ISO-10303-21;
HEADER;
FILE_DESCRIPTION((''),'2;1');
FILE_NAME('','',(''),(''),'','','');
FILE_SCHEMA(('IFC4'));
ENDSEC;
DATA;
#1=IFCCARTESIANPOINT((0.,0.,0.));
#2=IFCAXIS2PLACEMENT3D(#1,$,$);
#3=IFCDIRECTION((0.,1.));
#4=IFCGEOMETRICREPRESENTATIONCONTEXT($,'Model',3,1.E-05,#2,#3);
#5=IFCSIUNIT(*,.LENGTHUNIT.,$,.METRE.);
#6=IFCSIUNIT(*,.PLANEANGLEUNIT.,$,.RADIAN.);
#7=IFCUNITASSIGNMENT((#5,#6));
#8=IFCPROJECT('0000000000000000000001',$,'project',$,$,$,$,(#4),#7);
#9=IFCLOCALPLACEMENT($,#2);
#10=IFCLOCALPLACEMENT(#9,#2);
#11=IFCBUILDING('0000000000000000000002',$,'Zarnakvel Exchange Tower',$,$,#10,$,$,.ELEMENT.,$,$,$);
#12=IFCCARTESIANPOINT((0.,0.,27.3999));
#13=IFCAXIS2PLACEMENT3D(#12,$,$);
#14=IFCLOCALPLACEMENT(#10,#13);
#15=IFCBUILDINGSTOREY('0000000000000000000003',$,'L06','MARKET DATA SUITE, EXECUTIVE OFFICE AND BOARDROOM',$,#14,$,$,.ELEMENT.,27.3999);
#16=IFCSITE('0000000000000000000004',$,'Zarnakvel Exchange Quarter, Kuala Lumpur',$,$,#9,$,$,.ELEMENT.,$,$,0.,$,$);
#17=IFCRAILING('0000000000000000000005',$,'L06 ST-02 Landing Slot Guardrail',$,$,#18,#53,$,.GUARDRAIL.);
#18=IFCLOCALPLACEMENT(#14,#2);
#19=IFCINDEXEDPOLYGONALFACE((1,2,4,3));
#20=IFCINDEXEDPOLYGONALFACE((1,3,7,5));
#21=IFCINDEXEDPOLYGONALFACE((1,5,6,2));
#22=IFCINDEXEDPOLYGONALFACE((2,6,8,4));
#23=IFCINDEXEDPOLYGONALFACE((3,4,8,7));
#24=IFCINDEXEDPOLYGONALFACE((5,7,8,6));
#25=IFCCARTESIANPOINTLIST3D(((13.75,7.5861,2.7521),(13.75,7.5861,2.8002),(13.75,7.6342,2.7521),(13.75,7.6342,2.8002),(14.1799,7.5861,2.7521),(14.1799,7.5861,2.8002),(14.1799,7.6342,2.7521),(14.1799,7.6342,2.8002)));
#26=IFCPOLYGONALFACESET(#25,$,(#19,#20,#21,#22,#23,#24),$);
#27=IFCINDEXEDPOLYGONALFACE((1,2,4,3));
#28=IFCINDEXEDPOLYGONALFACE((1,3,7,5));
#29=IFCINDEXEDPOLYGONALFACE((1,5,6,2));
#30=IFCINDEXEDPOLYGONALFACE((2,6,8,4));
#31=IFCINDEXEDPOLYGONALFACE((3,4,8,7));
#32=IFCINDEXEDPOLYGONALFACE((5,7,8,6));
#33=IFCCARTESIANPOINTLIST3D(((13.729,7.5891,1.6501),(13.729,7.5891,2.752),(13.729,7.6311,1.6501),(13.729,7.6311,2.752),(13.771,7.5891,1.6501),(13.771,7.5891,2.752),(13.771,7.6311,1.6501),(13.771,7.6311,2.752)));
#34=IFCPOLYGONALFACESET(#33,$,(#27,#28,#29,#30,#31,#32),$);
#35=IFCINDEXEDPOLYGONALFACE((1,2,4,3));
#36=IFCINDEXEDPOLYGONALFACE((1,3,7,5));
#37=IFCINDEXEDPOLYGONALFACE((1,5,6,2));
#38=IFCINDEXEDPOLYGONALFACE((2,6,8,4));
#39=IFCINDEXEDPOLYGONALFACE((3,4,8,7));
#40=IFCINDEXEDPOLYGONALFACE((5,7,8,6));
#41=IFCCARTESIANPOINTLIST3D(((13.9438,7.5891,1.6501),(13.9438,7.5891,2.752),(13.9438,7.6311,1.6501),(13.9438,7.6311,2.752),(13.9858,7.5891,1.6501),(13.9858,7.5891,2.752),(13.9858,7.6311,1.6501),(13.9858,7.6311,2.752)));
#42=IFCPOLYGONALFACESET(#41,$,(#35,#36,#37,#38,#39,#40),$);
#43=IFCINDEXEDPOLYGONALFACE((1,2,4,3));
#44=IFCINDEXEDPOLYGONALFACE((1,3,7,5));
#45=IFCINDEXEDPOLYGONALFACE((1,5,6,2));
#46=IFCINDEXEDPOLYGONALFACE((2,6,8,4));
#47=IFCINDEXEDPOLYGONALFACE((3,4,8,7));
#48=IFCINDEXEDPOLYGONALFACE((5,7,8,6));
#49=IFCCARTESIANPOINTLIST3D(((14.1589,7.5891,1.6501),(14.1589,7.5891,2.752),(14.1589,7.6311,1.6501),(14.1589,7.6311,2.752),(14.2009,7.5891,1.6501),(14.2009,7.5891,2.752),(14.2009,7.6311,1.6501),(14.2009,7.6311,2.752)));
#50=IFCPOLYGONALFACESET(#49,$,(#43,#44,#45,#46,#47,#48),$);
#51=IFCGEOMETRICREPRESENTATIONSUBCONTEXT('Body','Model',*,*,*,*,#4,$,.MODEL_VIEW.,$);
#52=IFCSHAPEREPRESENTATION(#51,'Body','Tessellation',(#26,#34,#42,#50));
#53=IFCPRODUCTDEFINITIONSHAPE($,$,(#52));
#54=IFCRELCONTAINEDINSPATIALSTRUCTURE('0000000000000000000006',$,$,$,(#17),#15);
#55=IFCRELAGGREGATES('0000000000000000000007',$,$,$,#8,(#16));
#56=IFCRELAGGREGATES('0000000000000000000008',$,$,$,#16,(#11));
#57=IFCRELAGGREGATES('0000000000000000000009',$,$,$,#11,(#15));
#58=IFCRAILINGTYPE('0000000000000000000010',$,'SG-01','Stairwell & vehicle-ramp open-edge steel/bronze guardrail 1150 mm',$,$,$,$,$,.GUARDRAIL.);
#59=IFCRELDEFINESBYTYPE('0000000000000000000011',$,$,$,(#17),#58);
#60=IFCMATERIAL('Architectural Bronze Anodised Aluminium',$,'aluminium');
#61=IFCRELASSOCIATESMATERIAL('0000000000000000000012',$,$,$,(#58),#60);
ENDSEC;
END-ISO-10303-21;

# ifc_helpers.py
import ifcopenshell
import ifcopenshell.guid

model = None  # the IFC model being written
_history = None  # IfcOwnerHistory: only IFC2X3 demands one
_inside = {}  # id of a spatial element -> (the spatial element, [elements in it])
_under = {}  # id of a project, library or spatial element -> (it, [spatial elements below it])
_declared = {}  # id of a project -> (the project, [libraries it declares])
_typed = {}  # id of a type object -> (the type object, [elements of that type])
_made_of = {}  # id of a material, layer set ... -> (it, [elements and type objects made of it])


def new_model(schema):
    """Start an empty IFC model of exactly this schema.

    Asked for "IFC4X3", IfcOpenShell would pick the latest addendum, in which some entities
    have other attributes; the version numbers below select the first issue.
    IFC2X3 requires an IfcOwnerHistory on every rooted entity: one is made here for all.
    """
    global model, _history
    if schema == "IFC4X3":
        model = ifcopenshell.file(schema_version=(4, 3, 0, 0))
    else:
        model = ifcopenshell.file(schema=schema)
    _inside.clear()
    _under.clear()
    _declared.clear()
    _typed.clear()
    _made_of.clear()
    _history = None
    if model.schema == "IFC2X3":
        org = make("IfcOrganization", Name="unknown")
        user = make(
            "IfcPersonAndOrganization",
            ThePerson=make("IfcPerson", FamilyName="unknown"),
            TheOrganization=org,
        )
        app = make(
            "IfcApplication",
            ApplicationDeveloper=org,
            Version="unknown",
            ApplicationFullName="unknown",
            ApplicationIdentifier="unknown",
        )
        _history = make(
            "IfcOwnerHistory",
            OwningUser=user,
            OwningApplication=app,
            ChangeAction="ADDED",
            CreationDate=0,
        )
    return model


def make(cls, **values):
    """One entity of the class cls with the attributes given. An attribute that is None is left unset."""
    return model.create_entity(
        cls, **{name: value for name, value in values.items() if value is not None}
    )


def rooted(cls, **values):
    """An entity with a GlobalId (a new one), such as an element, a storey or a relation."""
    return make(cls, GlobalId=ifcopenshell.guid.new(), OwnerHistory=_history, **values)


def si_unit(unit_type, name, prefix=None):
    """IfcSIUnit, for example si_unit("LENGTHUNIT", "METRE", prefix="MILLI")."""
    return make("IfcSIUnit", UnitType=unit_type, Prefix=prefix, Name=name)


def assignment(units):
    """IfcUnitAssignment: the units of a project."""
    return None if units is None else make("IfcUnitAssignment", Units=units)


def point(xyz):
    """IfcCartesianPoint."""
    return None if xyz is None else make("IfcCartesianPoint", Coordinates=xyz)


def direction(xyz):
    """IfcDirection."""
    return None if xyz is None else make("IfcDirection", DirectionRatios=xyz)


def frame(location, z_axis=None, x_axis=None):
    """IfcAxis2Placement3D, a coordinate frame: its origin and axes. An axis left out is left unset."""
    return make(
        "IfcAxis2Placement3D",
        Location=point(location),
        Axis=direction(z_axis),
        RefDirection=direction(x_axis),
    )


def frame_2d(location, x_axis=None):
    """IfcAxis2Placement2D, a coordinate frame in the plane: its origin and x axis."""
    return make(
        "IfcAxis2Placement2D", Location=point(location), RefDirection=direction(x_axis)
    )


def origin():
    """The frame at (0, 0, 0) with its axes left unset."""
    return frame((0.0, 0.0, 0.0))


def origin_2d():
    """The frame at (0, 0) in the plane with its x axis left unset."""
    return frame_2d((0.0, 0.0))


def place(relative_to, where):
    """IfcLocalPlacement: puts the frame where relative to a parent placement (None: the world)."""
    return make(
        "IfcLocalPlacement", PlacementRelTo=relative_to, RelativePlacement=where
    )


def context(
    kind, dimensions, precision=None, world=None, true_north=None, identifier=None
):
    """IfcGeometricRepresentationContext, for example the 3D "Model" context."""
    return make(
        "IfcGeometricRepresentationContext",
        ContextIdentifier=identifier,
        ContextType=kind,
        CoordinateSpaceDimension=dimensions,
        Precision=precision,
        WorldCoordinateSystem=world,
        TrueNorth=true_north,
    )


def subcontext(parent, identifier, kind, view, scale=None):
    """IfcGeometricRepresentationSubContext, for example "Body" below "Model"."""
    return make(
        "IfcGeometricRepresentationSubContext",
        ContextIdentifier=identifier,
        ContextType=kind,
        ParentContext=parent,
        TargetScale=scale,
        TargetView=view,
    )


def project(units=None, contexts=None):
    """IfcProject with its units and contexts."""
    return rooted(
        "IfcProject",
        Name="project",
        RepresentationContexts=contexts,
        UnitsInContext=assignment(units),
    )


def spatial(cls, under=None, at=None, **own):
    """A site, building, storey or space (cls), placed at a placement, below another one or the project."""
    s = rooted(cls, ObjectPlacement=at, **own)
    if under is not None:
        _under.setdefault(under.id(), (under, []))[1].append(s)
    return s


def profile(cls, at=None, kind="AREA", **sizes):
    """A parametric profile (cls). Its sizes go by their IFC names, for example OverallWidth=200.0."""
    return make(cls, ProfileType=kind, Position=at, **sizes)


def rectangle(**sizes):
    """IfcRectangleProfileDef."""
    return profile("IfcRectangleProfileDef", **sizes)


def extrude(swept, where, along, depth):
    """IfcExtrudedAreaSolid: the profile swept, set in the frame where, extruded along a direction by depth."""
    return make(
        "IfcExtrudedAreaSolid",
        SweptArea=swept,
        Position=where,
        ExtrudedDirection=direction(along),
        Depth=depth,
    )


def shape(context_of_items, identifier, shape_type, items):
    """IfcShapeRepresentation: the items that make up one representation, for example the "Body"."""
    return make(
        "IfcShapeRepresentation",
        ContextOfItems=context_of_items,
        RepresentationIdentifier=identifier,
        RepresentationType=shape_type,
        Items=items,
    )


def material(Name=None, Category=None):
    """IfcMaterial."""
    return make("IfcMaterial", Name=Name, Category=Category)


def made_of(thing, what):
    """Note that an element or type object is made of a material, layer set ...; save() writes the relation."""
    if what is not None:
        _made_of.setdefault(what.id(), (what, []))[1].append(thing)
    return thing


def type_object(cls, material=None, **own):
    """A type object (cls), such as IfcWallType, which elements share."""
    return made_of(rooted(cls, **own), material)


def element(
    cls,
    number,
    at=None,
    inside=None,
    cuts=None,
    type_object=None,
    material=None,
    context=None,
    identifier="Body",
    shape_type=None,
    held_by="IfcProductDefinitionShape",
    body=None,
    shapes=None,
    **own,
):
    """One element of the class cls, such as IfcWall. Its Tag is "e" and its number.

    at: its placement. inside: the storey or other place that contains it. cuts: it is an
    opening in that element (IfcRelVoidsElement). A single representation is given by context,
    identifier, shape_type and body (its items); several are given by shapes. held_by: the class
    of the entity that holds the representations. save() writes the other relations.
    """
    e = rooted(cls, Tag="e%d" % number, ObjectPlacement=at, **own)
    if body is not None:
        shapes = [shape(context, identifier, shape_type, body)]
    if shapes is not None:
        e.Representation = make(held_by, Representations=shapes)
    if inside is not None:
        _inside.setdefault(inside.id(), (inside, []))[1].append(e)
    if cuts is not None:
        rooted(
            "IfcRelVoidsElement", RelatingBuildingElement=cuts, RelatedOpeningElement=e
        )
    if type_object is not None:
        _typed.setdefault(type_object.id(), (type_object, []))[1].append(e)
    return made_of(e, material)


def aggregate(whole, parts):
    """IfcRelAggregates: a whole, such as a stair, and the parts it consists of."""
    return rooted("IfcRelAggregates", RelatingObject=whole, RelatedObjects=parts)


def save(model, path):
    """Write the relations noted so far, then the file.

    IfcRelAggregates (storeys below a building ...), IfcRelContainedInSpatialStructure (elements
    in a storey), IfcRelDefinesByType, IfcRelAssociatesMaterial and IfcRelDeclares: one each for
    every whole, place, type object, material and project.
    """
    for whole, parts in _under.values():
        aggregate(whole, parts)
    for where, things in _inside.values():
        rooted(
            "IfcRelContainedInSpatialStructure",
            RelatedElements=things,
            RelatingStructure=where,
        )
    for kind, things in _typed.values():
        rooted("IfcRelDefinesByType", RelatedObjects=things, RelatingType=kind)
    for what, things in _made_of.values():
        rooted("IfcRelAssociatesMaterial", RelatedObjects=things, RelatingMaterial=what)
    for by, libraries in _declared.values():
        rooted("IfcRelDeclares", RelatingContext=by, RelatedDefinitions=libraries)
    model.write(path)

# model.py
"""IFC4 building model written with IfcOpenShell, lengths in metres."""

from ifc_helpers import new_model, si_unit, direction, frame, origin, origin_2d, place, context, subcontext, project, spatial, rectangle, extrude, material, type_object, element, save


model = new_model("IFC4")

# Units and contexts
model_context = context("Model", 3, precision=1e-05, world=origin(), true_north=direction((0.0, 1.0)))
body_context = subcontext(model_context, "Body", "Model", "MODEL_VIEW")
ifc_project = project(units=[si_unit("LENGTHUNIT", "METRE"), si_unit("PLANEANGLEUNIT", "RADIAN")], contexts=[model_context])

# Site, building, storey
site_placement = place(None, origin())
site = spatial("IfcSite", under=ifc_project, at=site_placement, Name="Zarnakvel Exchange Quarter, Kuala Lumpur", CompositionType="ELEMENT", RefElevation=0.0)
building_placement = place(site_placement, origin())
building = spatial("IfcBuilding", under=site, at=building_placement, Name="Zarnakvel Exchange Tower", CompositionType="ELEMENT")
storey_placement = place(building_placement, frame((0.0, 0.0, 27.3999)))
storey = spatial("IfcBuildingStorey", under=building, at=storey_placement, Name="L06", Description="MARKET DATA SUITE, EXECUTIVE OFFICE AND BOARDROOM", CompositionType="ELEMENT", Elevation=27.3999)

# Shared definitions
ifc_material_1 = material(Name="Architectural Bronze Anodised Aluminium", Category="aluminium")

# Railing
railing_type_1 = type_object("IfcRailingType", Name="SG-01", Description="Stairwell & vehicle-ramp open-edge steel/bronze guardrail 1150 mm", PredefinedType="GUARDRAIL", material=ifc_material_1)
railing_1_placement = place(storey_placement, frame((13.75, 7.6101, 1.6501)))
element("IfcRailing", 1, at=railing_1_placement, inside=storey, type_object=railing_type_1, Name="L06 ST-02 Landing Slot Guardrail", PredefinedType="GUARDRAIL", context=body_context, shape_type="SweptSolid", body=[
    extrude(rectangle(XDim=0.0481, YDim=0.0481, at=origin_2d()), frame((0.0, 0.0, 1.126), z_axis=(1.0, 0.0, 0.0), x_axis=(0.0, 1.0, 0.0)), (0.0, 0.0, 1.0), 0.4299),
    extrude(rectangle(XDim=0.042, YDim=0.042, at=origin_2d()), origin(), (0.0, 0.0, 1.0), 1.1018),
    extrude(rectangle(XDim=0.042, YDim=0.042, at=origin_2d()), frame((0.2148, 0.0, 0.0)), (0.0, 0.0, 1.0), 1.1018),
    extrude(rectangle(XDim=0.042, YDim=0.042, at=origin_2d()), frame((0.4299, 0.0, 0.0)), (0.0, 0.0, 1.0), 1.1018),
])

save(model, "model.ifc")
